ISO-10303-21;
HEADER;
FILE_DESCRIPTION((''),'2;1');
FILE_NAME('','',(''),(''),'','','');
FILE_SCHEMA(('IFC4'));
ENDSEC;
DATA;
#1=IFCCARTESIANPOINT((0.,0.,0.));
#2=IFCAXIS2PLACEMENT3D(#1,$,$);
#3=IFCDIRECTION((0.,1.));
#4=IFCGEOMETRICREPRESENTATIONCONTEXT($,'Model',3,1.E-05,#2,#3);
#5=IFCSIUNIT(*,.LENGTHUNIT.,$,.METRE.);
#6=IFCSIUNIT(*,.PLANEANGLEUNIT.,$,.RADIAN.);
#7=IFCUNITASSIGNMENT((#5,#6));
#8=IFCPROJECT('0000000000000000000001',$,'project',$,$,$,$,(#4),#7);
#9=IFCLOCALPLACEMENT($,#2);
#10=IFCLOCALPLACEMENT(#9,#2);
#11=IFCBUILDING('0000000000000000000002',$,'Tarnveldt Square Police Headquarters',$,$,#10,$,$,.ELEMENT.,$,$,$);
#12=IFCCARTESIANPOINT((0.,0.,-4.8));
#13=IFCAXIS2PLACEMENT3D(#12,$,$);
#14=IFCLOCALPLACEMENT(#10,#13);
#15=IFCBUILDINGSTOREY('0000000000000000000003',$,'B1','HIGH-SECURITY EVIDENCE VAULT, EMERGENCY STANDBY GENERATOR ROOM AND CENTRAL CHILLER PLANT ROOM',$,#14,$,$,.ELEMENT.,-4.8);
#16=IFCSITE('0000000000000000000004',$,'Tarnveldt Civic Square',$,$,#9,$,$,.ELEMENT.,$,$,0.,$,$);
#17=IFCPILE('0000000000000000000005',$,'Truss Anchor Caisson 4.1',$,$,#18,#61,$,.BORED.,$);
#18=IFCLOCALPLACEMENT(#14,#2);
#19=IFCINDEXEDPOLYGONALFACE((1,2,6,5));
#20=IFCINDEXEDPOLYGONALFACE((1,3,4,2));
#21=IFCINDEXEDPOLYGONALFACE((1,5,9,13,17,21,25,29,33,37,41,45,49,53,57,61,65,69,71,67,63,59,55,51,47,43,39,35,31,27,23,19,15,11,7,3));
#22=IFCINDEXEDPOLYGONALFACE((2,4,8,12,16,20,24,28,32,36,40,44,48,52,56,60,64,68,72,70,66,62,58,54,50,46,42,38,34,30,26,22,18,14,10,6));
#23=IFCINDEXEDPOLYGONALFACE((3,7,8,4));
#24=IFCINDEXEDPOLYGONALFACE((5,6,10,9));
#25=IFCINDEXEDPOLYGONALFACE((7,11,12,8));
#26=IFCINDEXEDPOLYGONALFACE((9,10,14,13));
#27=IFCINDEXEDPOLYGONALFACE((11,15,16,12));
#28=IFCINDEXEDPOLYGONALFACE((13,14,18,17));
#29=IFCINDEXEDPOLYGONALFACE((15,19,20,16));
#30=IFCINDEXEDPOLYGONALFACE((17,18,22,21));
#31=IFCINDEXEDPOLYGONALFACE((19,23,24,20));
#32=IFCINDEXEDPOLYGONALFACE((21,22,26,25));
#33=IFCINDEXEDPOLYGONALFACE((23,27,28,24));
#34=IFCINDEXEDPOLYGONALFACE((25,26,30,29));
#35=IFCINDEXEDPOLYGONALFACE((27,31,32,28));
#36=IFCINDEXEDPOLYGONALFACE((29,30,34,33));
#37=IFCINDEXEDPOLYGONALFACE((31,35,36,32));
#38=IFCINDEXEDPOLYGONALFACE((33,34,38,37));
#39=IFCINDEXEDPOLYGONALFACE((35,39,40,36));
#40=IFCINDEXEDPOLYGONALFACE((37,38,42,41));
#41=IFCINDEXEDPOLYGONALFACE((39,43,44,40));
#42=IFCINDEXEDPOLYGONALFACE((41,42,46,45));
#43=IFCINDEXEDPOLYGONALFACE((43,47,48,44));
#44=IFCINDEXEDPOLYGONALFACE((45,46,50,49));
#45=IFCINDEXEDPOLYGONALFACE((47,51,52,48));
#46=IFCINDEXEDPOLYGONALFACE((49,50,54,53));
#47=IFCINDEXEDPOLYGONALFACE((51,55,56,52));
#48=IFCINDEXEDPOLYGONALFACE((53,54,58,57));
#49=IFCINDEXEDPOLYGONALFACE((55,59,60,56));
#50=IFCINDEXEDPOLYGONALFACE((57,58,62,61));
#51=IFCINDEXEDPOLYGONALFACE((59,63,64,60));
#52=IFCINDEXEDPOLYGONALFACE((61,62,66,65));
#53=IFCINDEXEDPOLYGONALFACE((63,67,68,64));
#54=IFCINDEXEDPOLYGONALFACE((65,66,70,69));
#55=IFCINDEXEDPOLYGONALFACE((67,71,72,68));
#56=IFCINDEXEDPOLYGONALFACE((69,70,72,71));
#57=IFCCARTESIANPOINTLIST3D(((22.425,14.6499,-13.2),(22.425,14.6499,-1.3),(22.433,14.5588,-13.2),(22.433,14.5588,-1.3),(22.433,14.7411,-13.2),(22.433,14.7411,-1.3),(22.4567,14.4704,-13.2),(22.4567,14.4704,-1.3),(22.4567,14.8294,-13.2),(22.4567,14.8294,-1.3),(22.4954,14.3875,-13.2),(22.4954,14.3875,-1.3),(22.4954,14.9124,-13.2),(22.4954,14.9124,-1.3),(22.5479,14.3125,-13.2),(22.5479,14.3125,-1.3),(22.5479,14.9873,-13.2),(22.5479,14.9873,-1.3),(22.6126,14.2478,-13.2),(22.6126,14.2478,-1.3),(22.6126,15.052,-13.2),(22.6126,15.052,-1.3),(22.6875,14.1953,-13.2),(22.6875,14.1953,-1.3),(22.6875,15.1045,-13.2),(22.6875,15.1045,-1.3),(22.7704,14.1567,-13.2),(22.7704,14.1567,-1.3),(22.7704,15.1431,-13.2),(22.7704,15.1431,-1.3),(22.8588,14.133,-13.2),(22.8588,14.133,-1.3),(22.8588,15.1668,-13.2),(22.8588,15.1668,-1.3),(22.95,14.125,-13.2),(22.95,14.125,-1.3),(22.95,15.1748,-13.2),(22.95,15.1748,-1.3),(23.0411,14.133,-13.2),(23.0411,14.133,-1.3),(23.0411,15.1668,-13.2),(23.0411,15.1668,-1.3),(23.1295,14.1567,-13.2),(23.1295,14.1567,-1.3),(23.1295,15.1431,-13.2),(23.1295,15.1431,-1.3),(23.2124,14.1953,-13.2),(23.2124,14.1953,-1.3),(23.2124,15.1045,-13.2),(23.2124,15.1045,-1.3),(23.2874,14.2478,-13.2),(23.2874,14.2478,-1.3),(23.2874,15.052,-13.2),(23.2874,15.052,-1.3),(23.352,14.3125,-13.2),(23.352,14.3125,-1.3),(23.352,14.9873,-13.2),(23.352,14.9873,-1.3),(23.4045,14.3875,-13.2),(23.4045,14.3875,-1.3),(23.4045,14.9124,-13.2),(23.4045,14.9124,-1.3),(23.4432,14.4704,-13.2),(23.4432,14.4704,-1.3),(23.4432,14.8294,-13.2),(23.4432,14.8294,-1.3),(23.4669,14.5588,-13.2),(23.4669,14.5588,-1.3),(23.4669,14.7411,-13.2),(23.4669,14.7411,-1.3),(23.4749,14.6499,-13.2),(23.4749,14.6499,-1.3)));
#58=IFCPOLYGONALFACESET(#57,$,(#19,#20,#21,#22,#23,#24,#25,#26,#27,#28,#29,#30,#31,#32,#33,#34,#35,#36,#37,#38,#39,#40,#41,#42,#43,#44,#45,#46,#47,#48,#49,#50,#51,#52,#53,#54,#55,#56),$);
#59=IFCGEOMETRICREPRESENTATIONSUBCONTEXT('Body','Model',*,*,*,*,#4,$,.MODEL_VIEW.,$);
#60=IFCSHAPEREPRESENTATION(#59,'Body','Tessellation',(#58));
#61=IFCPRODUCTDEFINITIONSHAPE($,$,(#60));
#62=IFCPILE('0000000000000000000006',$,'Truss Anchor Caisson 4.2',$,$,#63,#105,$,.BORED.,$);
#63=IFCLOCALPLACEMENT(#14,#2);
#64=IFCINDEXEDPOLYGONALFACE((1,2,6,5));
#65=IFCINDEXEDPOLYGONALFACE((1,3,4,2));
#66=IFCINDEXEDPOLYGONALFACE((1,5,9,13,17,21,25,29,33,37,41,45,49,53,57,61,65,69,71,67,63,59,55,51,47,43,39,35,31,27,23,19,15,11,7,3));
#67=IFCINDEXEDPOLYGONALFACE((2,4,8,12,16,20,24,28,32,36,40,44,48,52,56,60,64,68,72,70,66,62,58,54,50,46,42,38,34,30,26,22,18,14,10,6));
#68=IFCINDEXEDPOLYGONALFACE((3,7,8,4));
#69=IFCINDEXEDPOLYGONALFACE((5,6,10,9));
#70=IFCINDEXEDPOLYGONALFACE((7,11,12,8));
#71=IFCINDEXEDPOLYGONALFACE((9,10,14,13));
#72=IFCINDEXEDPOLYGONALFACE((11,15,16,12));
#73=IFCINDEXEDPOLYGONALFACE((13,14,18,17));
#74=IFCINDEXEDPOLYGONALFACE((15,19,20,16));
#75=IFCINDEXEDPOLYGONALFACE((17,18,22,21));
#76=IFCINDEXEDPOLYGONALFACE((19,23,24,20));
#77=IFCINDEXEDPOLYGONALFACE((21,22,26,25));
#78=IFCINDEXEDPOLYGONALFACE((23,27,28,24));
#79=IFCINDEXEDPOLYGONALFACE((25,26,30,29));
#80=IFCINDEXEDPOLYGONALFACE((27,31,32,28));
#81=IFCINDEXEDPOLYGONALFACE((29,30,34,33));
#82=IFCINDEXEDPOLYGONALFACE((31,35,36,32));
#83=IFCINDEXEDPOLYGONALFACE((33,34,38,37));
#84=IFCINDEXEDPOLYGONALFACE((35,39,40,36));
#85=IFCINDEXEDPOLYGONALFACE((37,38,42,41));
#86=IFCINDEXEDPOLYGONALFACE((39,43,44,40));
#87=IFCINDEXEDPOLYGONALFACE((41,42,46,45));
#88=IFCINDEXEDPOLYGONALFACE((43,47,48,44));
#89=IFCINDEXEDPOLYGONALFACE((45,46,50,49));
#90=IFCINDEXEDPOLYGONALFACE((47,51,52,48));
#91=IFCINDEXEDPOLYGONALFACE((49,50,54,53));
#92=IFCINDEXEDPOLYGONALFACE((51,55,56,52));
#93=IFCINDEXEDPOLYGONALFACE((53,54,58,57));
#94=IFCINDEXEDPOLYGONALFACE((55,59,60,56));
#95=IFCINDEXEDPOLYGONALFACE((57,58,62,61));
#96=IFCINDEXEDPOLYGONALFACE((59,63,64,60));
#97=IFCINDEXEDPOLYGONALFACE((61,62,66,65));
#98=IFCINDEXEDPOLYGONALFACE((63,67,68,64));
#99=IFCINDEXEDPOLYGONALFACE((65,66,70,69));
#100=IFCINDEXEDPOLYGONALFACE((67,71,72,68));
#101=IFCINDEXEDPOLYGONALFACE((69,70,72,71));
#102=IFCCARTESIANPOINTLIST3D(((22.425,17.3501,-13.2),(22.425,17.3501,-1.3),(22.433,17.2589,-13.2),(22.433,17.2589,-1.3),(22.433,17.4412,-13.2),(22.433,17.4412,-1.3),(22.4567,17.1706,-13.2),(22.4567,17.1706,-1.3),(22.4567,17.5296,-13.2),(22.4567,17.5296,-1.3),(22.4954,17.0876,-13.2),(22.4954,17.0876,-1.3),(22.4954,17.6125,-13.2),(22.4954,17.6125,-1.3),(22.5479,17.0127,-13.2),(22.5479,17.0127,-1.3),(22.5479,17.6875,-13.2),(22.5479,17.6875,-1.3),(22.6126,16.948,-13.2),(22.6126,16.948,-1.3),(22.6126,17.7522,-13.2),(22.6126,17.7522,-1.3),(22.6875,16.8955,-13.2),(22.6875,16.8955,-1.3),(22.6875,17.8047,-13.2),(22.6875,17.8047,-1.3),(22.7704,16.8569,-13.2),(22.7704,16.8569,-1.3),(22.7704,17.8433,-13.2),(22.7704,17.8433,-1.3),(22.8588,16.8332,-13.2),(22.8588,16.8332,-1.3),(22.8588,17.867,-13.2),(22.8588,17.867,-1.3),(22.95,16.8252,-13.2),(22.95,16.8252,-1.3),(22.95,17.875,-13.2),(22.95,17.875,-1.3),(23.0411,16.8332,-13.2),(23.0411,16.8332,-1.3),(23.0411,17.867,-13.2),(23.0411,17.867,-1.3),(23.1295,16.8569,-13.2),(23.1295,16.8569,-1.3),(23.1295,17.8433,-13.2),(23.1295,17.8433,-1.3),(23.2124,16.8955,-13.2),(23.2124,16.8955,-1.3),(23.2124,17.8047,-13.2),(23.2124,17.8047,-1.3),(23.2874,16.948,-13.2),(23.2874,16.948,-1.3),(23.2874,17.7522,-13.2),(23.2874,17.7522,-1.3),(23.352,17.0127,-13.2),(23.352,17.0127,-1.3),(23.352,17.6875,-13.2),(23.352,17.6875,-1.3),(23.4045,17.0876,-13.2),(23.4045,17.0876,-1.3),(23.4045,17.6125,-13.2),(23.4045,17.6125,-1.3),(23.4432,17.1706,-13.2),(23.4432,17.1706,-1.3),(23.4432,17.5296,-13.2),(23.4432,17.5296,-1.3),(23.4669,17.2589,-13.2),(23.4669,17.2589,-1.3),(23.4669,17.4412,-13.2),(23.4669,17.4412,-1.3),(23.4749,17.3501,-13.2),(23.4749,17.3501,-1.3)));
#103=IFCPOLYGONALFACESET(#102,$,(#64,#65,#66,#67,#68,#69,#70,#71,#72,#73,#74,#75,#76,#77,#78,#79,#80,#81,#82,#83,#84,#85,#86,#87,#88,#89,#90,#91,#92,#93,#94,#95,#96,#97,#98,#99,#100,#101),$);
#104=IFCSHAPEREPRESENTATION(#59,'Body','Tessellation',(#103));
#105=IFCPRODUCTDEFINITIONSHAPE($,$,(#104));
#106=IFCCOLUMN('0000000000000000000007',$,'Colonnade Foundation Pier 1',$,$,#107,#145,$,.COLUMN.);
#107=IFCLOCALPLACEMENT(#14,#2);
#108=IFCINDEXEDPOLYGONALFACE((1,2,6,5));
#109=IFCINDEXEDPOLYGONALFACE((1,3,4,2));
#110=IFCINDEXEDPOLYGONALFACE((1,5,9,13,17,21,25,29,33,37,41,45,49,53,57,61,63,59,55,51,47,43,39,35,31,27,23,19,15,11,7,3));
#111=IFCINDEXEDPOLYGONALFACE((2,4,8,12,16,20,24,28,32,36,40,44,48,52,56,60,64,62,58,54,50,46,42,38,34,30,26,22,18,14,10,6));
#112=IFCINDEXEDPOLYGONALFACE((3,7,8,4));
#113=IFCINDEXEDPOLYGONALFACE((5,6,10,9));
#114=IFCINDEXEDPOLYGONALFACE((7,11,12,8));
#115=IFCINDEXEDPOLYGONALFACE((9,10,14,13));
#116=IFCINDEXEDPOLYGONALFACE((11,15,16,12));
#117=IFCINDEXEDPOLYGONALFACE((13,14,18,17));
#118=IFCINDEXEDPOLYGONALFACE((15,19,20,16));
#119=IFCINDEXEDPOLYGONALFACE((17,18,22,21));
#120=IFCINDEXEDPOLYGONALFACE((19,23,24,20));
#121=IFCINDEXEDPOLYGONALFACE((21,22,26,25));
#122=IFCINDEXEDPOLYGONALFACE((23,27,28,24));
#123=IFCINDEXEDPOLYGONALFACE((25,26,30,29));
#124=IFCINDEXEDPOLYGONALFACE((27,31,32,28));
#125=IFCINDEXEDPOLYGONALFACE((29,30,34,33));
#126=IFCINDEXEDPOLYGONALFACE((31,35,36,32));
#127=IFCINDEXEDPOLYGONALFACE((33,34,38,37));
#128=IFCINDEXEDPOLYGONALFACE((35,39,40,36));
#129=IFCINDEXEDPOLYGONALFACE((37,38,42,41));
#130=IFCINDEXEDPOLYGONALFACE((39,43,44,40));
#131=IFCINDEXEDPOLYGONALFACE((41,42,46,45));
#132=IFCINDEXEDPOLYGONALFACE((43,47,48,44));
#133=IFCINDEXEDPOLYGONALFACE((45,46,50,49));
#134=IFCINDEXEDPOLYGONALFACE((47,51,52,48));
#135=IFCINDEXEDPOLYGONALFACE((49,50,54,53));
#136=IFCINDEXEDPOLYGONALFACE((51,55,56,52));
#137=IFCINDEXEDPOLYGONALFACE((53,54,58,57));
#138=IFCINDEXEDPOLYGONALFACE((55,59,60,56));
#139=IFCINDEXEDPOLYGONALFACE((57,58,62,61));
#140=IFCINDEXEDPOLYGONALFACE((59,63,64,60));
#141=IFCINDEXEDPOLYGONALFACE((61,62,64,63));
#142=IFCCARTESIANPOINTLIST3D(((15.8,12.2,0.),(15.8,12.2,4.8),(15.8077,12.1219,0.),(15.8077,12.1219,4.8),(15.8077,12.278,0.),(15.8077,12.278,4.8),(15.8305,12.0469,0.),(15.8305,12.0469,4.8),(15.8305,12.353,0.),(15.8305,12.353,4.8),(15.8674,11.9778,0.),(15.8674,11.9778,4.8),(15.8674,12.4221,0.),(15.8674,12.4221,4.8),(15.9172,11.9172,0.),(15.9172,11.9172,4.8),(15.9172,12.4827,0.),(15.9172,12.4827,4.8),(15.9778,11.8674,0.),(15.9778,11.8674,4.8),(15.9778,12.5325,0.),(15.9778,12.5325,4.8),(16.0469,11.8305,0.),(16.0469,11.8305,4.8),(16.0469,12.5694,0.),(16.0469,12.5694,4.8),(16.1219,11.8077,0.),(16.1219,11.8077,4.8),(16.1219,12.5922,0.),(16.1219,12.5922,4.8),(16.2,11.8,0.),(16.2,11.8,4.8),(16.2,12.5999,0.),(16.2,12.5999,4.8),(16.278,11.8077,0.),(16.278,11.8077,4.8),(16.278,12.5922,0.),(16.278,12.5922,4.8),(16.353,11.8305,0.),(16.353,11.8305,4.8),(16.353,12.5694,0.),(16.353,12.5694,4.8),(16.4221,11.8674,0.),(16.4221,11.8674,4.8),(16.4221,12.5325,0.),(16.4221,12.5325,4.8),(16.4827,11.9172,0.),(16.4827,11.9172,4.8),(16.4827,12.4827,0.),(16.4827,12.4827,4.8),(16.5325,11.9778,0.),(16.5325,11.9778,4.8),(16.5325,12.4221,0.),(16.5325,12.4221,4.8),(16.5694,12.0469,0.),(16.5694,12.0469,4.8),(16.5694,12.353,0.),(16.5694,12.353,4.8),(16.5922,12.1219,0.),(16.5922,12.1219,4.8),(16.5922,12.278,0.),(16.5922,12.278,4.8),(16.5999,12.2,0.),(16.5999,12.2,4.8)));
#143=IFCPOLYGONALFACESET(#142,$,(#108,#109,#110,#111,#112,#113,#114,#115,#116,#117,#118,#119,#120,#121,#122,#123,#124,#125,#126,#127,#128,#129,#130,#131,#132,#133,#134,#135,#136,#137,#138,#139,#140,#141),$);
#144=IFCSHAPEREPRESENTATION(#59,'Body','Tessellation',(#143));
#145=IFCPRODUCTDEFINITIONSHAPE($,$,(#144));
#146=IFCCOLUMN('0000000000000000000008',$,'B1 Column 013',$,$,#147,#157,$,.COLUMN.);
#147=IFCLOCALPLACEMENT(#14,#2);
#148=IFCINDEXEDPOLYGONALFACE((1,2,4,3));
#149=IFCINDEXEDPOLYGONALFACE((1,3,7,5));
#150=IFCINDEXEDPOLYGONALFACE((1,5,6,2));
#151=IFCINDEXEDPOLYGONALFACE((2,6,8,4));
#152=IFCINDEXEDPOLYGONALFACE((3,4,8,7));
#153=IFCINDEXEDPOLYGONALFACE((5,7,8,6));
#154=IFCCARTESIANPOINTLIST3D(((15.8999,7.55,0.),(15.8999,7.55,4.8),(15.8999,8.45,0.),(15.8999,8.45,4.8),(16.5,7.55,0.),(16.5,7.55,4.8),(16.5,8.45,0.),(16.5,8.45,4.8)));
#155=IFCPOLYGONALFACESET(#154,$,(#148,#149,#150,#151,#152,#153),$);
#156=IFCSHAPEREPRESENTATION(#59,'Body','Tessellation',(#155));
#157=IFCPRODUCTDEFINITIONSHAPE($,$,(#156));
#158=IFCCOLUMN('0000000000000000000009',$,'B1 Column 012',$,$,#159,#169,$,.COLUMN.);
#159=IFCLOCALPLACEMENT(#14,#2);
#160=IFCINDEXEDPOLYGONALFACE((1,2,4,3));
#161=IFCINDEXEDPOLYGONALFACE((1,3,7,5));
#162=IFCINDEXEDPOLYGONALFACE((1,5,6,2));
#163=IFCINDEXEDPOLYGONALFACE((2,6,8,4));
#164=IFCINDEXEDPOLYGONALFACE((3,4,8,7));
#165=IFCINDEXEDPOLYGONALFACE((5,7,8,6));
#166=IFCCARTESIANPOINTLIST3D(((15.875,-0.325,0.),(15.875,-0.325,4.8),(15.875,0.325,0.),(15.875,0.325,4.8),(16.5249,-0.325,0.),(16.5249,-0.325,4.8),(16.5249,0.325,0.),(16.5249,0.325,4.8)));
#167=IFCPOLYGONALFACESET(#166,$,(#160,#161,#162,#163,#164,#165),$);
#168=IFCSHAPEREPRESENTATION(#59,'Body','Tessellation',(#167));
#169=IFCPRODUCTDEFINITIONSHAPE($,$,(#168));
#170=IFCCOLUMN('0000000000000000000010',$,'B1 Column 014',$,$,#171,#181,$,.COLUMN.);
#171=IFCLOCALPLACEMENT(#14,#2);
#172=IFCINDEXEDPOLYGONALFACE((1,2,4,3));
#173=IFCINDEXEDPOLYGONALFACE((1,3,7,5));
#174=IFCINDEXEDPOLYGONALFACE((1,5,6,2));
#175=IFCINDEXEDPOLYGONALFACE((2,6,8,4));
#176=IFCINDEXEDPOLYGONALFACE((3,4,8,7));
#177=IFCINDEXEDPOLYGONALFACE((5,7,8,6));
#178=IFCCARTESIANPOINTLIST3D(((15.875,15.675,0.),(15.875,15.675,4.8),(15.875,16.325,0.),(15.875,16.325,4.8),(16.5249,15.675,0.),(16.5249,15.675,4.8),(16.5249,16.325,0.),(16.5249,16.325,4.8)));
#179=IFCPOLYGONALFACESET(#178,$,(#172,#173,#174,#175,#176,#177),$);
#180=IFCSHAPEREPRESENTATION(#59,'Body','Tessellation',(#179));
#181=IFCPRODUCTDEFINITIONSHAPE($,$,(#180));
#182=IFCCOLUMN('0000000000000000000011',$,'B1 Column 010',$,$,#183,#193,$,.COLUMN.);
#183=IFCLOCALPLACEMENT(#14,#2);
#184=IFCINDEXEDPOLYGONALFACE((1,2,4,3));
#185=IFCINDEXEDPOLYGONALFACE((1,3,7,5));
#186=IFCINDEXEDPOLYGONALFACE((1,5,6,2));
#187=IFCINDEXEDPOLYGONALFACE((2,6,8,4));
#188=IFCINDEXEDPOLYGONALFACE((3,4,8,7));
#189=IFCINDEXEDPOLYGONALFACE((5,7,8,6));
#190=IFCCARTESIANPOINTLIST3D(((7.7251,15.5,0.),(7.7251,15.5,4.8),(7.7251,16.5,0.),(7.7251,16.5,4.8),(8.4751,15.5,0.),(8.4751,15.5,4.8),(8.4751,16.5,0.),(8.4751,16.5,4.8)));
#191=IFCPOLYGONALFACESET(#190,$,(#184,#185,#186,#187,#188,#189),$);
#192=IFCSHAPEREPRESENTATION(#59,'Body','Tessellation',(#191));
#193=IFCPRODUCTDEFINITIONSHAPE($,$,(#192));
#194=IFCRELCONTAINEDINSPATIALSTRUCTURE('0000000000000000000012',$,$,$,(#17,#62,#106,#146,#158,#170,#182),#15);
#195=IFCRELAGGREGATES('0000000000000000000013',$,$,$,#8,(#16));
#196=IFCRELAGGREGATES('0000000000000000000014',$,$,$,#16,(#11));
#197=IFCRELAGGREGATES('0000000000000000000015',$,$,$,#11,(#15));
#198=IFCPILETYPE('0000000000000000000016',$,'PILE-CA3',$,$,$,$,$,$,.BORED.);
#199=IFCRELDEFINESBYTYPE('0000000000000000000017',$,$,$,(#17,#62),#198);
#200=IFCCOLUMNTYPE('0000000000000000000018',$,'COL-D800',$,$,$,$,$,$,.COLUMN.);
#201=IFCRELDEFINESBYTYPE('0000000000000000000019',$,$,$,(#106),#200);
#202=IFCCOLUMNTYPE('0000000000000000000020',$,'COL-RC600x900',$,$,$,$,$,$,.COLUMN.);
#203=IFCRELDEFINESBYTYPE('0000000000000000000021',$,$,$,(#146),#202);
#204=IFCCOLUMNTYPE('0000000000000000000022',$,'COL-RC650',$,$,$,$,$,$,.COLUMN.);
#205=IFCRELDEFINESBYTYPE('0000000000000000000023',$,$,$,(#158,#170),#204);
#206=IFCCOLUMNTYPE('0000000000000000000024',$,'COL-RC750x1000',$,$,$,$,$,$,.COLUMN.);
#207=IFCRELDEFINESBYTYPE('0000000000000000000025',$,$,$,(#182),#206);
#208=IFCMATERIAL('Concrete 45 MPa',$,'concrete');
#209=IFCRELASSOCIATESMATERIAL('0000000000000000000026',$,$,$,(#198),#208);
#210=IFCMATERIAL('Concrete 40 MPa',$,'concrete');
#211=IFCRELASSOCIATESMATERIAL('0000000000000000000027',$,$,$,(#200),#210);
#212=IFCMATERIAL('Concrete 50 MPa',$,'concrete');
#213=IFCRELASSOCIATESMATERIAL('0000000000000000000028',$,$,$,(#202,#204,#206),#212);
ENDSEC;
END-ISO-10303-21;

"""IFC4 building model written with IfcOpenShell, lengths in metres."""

from ifc_helpers import new_model, si_unit, direction, frame, origin, origin_2d, place, context, subcontext, project, spatial, rectangle, circle, extrude, material, material_profile, profile_set, type_object, element, save


model = new_model("IFC4")

# Units and contexts
model_context = context("Model", 3, precision=1e-05, world=origin(), true_north=direction((0.0, 1.0)))
body_context = subcontext(model_context, "Body", "Model", "MODEL_VIEW")
ifc_project = project(units=[si_unit("LENGTHUNIT", "METRE"), si_unit("PLANEANGLEUNIT", "RADIAN")], contexts=[model_context])

# Site, building, storey
site_placement = place(None, origin())
site = spatial("IfcSite", under=ifc_project, at=site_placement, Name="Tarnveldt Civic Square", CompositionType="ELEMENT", RefElevation=0.0)
building_placement = place(site_placement, origin())
building = spatial("IfcBuilding", under=site, at=building_placement, Name="Tarnveldt Square Police Headquarters", CompositionType="ELEMENT")
storey_placement = place(building_placement, frame((0.0, 0.0, -4.8)))
storey = spatial("IfcBuildingStorey", under=building, at=storey_placement, Name="B1", Description="HIGH-SECURITY EVIDENCE VAULT, EMERGENCY STANDBY GENERATOR ROOM AND CENTRAL CHILLER PLANT ROOM", CompositionType="ELEMENT", Elevation=-4.8)

# Shared definitions
ifc_material_1 = material(Name="Concrete 45 MPa", Category="concrete")
ifc_material_2 = material(Name="Concrete 40 MPa", Category="concrete")

# Piles
ifc_material_profile_1 = material_profile(ifc_material_1, circle(Radius=0.5249, at=origin_2d()), Name="CAISSON-D1050")
ifc_profile_set_1 = profile_set([ifc_material_profile_1], Name="Concrete 45 MPa")
pile_type_1 = type_object("IfcPileType", Name="PILE-CA3", PredefinedType="BORED", material=ifc_profile_set_1)
for number, where, z_axis, x_axis, name in (
    (1, (22.95, 14.6499, -1.3), (0.0, 0.0, -1.0), (1.0, 0.0, 0.0), "Truss Anchor Caisson 4.1"),
    (2, (22.95, 17.3501, -1.3), (0.0, 0.0, -1.0), (1.0, 0.0, 0.0), "Truss Anchor Caisson 4.2"),
):
    element("IfcPile", number, at=place(storey_placement, frame(where, z_axis=z_axis, x_axis=x_axis)), inside=storey, type_object=pile_type_1, Name=name, PredefinedType="BORED", context=body_context, shape_type="SweptSolid", body=[
        extrude(circle(Radius=0.5249, at=origin_2d()), origin(), (0.0, 0.0, 1.0), 11.8999),
    ])

# Columns
ifc_material_profile_2 = material_profile(ifc_material_2, circle(Radius=0.3999, at=origin_2d()), Name="RC-D800")
ifc_profile_set_2 = profile_set([ifc_material_profile_2], Name="Concrete 40 MPa")
column_type_1 = type_object("IfcColumnType", Name="COL-D800", PredefinedType="COLUMN", material=ifc_profile_set_2)
column_1_placement = place(storey_placement, frame((16.2, 12.2, 0.0), z_axis=(0.0, 0.0, 1.0), x_axis=(1.0, 0.0, 0.0)))
element("IfcColumn", 3, at=column_1_placement, inside=storey, type_object=column_type_1, Name="Colonnade Foundation Pier 1", PredefinedType="COLUMN", context=body_context, shape_type="SweptSolid", body=[
    extrude(circle(Radius=0.3999, at=origin_2d()), origin(), (0.0, 0.0, 1.0), 4.8),
])
ifc_material_3 = material(Name="Concrete 50 MPa", Category="concrete")
ifc_material_profile_3 = material_profile(ifc_material_3, rectangle(XDim=0.6001, YDim=0.8999, at=origin_2d()), Name="RC-C600x900")
ifc_profile_set_3 = profile_set([ifc_material_profile_3], Name="Concrete 50 MPa")
column_type_2 = type_object("IfcColumnType", Name="COL-RC600x900", PredefinedType="COLUMN", material=ifc_profile_set_3)
column_2_placement = place(storey_placement, frame((16.2, 8.0, 0.0), z_axis=(0.0, 0.0, 1.0), x_axis=(1.0, 0.0, 0.0)))
element("IfcColumn", 4, at=column_2_placement, inside=storey, type_object=column_type_2, Name="B1 Column 013", PredefinedType="COLUMN", context=body_context, shape_type="SweptSolid", body=[
    extrude(rectangle(XDim=0.6001, YDim=0.8999, at=origin_2d()), origin(), (0.0, 0.0, 1.0), 4.8),
])
ifc_material_profile_4 = material_profile(ifc_material_3, rectangle(XDim=0.6499, YDim=0.6499, at=origin_2d()), Name="RC-C650x650")
ifc_profile_set_4 = profile_set([ifc_material_profile_4], Name="Concrete 50 MPa")
column_type_3 = type_object("IfcColumnType", Name="COL-RC650", PredefinedType="COLUMN", material=ifc_profile_set_4)
for number, where, z_axis, x_axis, name in (
    (5, (16.2, 0.0, 0.0), (0.0, 0.0, 1.0), (1.0, 0.0, 0.0), "B1 Column 012"),
    (6, (16.2, 16.0, 0.0), (0.0, 0.0, 1.0), (1.0, 0.0, 0.0), "B1 Column 014"),
):
    element("IfcColumn", number, at=place(storey_placement, frame(where, z_axis=z_axis, x_axis=x_axis)), inside=storey, type_object=column_type_3, Name=name, PredefinedType="COLUMN", context=body_context, shape_type="SweptSolid", body=[
        extrude(rectangle(XDim=0.6499, YDim=0.6499, at=origin_2d()), origin(), (0.0, 0.0, 1.0), 4.8),
    ])
ifc_material_profile_5 = material_profile(ifc_material_3, rectangle(XDim=0.75, YDim=1.0, at=origin_2d()), Name="RC-C750x1000")
ifc_profile_set_5 = profile_set([ifc_material_profile_5], Name="Concrete 50 MPa")
column_type_4 = type_object("IfcColumnType", Name="COL-RC750x1000", PredefinedType="COLUMN", material=ifc_profile_set_5)
column_3_placement = place(storey_placement, frame((8.1001, 16.0, 0.0), z_axis=(0.0, 0.0, 1.0), x_axis=(1.0, 0.0, 0.0)))
element("IfcColumn", 7, at=column_3_placement, inside=storey, type_object=column_type_4, Name="B1 Column 010", PredefinedType="COLUMN", context=body_context, shape_type="SweptSolid", body=[
    extrude(rectangle(XDim=0.75, YDim=1.0, at=origin_2d()), origin(), (0.0, 0.0, 1.0), 4.8),
])

save(model, "model.ifc")
